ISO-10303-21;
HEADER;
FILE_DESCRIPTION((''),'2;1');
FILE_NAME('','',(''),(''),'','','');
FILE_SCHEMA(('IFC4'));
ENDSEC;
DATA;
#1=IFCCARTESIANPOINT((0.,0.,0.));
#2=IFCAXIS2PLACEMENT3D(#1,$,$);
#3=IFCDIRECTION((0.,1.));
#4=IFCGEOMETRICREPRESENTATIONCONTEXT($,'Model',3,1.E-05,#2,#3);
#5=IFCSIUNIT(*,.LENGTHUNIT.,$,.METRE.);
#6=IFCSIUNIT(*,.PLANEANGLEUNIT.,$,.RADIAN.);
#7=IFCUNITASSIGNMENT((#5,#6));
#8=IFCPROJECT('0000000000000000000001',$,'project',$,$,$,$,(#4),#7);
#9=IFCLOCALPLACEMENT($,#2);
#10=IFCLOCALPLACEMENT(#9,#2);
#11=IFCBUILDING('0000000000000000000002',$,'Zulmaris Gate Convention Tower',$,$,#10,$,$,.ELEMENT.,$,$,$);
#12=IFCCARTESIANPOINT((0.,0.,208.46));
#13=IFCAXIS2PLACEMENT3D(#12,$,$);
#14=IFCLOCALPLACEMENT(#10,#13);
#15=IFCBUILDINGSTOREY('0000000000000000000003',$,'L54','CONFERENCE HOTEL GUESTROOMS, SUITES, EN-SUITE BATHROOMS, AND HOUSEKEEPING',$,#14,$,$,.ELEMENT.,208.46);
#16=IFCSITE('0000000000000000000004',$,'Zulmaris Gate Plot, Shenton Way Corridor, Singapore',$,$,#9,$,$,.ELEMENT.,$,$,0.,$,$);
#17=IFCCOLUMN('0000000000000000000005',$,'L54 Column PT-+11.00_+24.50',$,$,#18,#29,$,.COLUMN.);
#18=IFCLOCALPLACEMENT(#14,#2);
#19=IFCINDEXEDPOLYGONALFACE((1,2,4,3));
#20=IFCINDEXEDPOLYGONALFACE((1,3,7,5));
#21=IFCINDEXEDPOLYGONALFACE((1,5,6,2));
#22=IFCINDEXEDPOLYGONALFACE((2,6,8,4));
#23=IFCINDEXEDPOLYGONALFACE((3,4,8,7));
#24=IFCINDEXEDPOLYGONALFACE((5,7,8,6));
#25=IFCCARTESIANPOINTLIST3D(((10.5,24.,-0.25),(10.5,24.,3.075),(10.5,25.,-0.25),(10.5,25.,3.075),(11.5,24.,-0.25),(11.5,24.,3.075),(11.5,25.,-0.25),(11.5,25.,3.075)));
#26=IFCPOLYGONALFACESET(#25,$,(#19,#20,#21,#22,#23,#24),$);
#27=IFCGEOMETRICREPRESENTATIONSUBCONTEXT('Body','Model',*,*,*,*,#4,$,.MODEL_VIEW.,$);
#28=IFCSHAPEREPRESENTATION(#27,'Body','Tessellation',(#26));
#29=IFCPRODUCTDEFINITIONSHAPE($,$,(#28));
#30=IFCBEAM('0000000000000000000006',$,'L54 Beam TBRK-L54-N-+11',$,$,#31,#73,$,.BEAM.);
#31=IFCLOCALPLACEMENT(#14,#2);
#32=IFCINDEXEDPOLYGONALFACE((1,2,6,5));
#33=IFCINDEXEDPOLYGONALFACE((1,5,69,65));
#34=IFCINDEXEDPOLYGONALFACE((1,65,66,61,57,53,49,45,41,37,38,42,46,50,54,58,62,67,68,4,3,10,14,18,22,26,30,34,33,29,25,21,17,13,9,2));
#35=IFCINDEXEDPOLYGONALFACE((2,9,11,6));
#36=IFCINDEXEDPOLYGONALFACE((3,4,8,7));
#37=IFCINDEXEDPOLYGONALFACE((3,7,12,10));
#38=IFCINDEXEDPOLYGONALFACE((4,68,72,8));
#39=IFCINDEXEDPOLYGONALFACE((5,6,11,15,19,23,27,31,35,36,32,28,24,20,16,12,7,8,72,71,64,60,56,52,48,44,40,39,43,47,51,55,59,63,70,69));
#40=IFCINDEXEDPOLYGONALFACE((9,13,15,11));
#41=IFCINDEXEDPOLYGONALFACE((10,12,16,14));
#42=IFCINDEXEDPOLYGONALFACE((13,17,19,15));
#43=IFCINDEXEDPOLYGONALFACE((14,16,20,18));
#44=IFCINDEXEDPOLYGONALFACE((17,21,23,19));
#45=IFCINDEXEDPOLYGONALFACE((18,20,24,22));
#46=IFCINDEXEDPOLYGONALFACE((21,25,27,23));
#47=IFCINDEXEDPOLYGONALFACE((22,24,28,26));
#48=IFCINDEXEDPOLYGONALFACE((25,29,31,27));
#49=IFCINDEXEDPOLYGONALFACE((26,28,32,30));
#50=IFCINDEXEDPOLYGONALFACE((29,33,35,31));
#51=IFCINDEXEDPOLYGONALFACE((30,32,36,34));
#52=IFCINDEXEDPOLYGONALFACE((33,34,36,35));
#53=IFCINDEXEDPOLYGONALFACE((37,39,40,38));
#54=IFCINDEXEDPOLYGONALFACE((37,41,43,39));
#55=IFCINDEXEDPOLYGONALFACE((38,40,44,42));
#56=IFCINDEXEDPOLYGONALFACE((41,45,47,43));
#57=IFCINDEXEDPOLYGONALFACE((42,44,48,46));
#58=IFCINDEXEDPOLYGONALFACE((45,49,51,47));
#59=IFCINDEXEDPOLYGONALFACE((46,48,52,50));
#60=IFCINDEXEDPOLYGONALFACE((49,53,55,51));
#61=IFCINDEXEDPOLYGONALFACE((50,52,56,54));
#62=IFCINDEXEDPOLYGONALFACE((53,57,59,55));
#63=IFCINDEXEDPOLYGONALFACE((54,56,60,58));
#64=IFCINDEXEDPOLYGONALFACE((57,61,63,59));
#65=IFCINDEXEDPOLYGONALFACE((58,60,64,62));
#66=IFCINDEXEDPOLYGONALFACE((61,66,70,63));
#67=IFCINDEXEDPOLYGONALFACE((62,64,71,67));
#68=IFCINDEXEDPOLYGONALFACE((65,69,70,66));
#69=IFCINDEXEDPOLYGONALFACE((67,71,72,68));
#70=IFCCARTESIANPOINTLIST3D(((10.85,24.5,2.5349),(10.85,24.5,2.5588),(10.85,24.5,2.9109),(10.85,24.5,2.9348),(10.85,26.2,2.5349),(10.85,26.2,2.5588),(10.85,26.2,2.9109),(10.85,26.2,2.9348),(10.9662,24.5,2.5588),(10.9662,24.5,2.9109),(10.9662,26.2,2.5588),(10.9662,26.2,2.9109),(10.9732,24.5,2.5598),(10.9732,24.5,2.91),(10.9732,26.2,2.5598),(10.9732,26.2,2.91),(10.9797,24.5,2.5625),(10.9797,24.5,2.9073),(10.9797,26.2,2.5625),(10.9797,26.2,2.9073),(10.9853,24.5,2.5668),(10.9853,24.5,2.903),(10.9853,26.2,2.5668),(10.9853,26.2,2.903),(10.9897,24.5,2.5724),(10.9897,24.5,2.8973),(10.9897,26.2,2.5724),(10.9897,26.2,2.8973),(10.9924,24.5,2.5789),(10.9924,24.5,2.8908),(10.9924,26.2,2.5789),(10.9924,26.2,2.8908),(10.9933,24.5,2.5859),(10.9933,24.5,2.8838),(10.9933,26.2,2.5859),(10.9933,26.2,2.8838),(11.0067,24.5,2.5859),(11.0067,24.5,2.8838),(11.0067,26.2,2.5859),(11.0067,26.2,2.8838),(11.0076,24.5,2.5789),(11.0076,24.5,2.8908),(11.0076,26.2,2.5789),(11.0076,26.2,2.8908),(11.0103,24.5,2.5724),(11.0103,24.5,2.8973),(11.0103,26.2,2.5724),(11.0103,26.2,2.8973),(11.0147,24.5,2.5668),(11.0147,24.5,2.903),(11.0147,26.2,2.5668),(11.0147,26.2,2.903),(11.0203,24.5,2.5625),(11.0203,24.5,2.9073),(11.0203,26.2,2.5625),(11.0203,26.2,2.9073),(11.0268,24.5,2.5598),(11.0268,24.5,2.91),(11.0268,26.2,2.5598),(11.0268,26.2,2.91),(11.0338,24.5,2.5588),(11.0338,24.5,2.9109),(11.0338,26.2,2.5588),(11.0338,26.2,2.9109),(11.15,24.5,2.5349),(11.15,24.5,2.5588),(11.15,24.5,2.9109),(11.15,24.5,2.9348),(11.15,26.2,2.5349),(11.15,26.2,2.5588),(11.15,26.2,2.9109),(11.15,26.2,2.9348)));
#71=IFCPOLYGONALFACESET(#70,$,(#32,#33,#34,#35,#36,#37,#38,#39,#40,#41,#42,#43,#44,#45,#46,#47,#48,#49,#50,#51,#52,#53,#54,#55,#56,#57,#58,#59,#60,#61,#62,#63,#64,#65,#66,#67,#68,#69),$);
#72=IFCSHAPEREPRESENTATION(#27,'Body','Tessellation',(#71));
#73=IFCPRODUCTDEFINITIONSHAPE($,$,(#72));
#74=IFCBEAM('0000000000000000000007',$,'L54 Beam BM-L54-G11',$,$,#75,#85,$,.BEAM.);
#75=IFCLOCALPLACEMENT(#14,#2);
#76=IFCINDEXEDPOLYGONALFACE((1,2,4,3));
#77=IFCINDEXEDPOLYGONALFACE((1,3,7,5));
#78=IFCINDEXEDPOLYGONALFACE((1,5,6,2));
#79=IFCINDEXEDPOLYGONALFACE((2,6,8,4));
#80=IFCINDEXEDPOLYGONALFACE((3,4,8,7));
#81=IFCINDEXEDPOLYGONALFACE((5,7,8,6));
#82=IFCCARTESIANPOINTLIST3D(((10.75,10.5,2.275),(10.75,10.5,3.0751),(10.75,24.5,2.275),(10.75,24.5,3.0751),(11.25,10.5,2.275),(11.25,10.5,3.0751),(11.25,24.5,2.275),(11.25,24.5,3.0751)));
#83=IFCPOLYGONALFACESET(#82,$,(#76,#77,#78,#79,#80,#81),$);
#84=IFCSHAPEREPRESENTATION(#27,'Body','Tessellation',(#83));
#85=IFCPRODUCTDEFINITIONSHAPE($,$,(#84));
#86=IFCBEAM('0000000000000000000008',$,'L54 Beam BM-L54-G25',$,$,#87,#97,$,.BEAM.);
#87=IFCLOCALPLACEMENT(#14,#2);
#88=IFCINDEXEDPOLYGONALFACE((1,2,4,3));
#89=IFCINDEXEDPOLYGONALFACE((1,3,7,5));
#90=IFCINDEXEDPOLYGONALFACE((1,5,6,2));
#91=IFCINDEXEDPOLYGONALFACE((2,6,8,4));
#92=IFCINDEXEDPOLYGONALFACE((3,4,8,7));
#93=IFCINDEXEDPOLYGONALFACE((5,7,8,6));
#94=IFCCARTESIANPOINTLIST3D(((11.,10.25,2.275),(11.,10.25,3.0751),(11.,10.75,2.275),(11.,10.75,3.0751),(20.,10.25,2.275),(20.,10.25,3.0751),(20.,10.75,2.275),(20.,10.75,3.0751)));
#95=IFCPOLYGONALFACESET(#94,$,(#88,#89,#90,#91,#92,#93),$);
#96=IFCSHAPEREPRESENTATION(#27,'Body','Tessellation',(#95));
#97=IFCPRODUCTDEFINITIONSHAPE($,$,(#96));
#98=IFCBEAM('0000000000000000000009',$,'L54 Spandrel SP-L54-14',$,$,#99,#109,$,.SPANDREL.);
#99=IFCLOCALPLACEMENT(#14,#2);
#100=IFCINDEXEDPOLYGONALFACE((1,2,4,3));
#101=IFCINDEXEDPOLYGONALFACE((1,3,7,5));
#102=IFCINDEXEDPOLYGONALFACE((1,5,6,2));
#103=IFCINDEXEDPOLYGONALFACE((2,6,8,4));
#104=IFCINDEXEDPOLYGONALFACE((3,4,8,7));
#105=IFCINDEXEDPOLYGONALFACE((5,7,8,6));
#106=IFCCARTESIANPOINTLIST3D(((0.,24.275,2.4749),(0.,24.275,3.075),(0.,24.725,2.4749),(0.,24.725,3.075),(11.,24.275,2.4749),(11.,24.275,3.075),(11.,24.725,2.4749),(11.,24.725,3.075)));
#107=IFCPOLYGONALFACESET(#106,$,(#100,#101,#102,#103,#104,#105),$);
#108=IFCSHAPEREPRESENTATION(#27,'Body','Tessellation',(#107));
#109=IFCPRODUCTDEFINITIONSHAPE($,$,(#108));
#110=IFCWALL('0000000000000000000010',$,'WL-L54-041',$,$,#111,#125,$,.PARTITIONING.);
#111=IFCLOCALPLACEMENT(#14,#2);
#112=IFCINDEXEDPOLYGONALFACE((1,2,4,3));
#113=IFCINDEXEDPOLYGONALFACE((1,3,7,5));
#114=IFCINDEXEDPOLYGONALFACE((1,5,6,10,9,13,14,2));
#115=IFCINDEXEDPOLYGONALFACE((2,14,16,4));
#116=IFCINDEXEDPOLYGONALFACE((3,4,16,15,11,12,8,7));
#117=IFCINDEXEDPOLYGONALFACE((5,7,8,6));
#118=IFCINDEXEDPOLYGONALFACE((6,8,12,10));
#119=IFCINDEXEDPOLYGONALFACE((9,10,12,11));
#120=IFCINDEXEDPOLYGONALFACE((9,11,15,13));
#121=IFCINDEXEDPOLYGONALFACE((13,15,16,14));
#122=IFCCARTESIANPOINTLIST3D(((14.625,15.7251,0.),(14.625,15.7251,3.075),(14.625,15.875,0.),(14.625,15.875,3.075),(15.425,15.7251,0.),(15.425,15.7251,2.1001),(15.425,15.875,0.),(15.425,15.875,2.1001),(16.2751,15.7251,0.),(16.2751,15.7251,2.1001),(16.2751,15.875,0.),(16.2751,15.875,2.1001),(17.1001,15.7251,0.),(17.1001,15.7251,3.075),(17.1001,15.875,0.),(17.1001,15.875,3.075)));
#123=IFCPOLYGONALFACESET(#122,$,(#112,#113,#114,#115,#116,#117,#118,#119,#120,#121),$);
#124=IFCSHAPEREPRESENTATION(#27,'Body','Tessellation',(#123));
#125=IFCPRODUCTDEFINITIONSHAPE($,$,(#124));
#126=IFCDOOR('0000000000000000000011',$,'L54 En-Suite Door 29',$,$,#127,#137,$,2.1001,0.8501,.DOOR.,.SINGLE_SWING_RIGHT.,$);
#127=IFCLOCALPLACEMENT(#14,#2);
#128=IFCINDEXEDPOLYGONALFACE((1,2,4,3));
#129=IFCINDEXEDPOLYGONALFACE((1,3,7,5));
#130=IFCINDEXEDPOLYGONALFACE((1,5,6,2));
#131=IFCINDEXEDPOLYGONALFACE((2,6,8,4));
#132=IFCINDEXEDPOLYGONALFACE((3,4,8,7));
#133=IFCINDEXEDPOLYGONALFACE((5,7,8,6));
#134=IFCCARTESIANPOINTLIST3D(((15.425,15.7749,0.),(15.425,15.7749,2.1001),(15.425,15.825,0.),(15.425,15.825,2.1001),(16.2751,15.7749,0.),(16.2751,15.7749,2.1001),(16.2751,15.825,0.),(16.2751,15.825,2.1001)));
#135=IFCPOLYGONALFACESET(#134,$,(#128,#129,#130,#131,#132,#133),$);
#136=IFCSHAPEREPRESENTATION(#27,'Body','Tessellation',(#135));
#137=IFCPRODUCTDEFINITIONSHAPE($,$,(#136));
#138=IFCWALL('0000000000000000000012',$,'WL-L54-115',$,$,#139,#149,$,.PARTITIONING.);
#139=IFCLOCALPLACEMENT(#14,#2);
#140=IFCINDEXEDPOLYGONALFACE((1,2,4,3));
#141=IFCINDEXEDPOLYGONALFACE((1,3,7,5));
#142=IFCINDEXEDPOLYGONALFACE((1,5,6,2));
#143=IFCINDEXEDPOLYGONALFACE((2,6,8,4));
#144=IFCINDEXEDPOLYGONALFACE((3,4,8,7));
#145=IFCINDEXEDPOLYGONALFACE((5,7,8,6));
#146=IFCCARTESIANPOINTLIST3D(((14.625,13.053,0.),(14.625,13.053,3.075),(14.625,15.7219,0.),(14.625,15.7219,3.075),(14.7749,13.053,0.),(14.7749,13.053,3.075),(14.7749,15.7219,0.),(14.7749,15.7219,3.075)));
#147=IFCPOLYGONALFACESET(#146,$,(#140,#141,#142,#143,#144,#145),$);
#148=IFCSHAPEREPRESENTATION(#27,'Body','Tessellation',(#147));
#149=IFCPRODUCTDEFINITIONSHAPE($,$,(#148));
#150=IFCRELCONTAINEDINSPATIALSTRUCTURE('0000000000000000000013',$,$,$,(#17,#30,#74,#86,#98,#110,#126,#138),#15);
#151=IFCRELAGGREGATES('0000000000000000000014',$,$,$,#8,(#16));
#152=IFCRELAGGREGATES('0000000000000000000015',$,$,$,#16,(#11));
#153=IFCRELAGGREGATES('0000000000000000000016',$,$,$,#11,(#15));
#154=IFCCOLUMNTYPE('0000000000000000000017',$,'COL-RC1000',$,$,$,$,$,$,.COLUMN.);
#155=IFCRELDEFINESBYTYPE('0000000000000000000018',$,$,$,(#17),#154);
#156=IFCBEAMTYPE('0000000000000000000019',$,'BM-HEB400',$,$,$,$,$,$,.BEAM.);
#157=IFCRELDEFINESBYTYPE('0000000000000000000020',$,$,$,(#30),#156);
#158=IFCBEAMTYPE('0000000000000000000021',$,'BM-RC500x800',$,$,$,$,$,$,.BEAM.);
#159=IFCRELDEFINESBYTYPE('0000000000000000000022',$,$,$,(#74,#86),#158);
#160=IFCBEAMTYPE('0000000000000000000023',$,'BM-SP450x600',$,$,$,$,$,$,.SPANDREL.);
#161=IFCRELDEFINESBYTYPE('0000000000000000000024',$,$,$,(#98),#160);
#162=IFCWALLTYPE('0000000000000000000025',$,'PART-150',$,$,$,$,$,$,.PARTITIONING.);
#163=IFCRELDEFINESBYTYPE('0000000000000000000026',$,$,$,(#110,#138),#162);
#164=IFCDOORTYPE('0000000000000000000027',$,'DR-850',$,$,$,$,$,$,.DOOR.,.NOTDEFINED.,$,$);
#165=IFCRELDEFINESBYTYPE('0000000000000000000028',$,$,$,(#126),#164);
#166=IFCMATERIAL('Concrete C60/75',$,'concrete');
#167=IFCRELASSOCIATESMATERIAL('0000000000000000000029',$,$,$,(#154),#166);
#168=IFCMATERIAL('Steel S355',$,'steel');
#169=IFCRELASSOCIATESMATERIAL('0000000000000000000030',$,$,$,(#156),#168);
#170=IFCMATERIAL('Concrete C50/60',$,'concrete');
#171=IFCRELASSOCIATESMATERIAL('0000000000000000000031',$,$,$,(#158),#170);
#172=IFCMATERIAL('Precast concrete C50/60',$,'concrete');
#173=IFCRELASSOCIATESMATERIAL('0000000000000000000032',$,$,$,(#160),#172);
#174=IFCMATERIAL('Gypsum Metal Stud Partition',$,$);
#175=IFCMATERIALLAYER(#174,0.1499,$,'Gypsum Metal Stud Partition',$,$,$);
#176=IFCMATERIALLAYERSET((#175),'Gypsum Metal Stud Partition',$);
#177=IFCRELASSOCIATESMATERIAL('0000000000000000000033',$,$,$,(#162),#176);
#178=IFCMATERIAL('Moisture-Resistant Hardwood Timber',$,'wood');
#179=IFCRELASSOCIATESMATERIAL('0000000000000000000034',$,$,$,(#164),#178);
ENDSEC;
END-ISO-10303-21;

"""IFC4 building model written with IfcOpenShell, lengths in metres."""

from ifc_helpers import new_model, si_unit, direction, frame, frame_2d, origin, origin_2d, place, context, subcontext, project, spatial, rectangle, i_section, extrude, material, layer, layer_set, material_profile, profile_set, type_object, element, fill, save


model = new_model("IFC4")

# Units and contexts
model_context = context("Model", 3, precision=1e-05, world=origin(), true_north=direction((0.0, 1.0)))
body_context = subcontext(model_context, "Body", "Model", "MODEL_VIEW")
ifc_project = project(units=[si_unit("LENGTHUNIT", "METRE"), si_unit("PLANEANGLEUNIT", "RADIAN")], contexts=[model_context])

# Site, building, storey
site_placement = place(None, origin())
site = spatial("IfcSite", under=ifc_project, at=site_placement, Name="Zulmaris Gate Plot, Shenton Way Corridor, Singapore", CompositionType="ELEMENT", RefElevation=0.0)
building_placement = place(site_placement, origin())
building = spatial("IfcBuilding", under=site, at=building_placement, Name="Zulmaris Gate Convention Tower", CompositionType="ELEMENT")
storey_placement = place(building_placement, frame((0.0, 0.0, 208.46)))
storey = spatial("IfcBuildingStorey", under=building, at=storey_placement, Name="L54", Description="CONFERENCE HOTEL GUESTROOMS, SUITES, EN-SUITE BATHROOMS, AND HOUSEKEEPING", CompositionType="ELEMENT", Elevation=208.46)

# Column
ifc_material_1 = material(Name="Concrete C60/75", Category="concrete")
ifc_material_profile_1 = material_profile(ifc_material_1, rectangle(XDim=1.0, YDim=1.0, at=origin_2d()), Name="RC COL 1000x1000")
ifc_profile_set_1 = profile_set([ifc_material_profile_1], Name="Concrete C60/75")
column_type = type_object("IfcColumnType", Name="COL-RC1000", PredefinedType="COLUMN", material=ifc_profile_set_1)
column_placement = place(storey_placement, frame((11.0, 24.5, -0.25), z_axis=(0.0, 0.0, 1.0), x_axis=(1.0, 0.0, 0.0)))
element("IfcColumn", 1, at=column_placement, inside=storey, type_object=column_type, Name="L54 Column PT-+11.00_+24.50", PredefinedType="COLUMN", context=body_context, shape_type="SweptSolid", body=[
    extrude(rectangle(XDim=1.0, YDim=1.0, at=origin_2d()), origin(), (0.0, 0.0, 1.0), 3.325),
])

# Beams
ifc_material_2 = material(Name="Steel S355", Category="steel")
ifc_material_profile_2 = material_profile(ifc_material_2, i_section(OverallWidth=0.3, OverallDepth=0.3999, WebThickness=0.0134, FlangeThickness=0.0239, FilletRadius=0.0271, at=origin_2d()), Name="HEB 400")
ifc_profile_set_2 = profile_set([ifc_material_profile_2], Name="Steel S355")
beam_type_1 = type_object("IfcBeamType", Name="BM-HEB400", PredefinedType="BEAM", material=ifc_profile_set_2)
beam_1_placement = place(storey_placement, frame((11.0, 24.5, 2.7349), z_axis=(0.0, 1.0, 0.0), x_axis=(-1.0, 0.0, 0.0)))
element("IfcBeam", 2, at=beam_1_placement, inside=storey, type_object=beam_type_1, Name="L54 Beam TBRK-L54-N-+11", PredefinedType="BEAM", context=body_context, shape_type="SweptSolid", body=[
    extrude(i_section(OverallWidth=0.3, OverallDepth=0.3999, WebThickness=0.0134, FlangeThickness=0.0239, FilletRadius=0.0271, at=origin_2d()), origin(), (0.0, 0.0, 1.0), 1.7),
])
ifc_material_3 = material(Name="Concrete C50/60", Category="concrete")
ifc_material_profile_3 = material_profile(ifc_material_3, rectangle(XDim=0.5, YDim=0.8, at=origin_2d()), Name="RC BEAM 500x800")
ifc_profile_set_3 = profile_set([ifc_material_profile_3], Name="Concrete C50/60")
beam_type_2 = type_object("IfcBeamType", Name="BM-RC500x800", PredefinedType="BEAM", material=ifc_profile_set_3)
beam_2_placement = place(storey_placement, frame((11.0, 10.5, 2.675), z_axis=(0.0, 1.0, 0.0), x_axis=(-1.0, 0.0, 0.0)))
element("IfcBeam", 3, at=beam_2_placement, inside=storey, type_object=beam_type_2, Name="L54 Beam BM-L54-G11", PredefinedType="BEAM", context=body_context, shape_type="SweptSolid", body=[
    extrude(rectangle(XDim=0.5, YDim=0.8, at=origin_2d()), origin(), (0.0, 0.0, 1.0), 14.0),
])
beam_3_placement = place(storey_placement, frame((11.0, 10.5, 2.675), z_axis=(1.0, 0.0, 0.0), x_axis=(0.0, 1.0, 0.0)))
element("IfcBeam", 4, at=beam_3_placement, inside=storey, type_object=beam_type_2, Name="L54 Beam BM-L54-G25", PredefinedType="BEAM", context=body_context, shape_type="SweptSolid", body=[
    extrude(rectangle(XDim=0.5, YDim=0.8, at=origin_2d()), origin(), (0.0, 0.0, 1.0), 9.0),
])
ifc_material_4 = material(Name="Precast concrete C50/60", Category="concrete")
ifc_material_profile_4 = material_profile(ifc_material_4, rectangle(XDim=0.45, YDim=0.6001, at=origin_2d()), Name="RC SPANDREL 450x600")
ifc_profile_set_4 = profile_set([ifc_material_profile_4], Name="Precast concrete C50/60")
beam_type_3 = type_object("IfcBeamType", Name="BM-SP450x600", PredefinedType="SPANDREL", material=ifc_profile_set_4)
beam_4_placement = place(storey_placement, frame((11.0, 24.5, 2.7749), z_axis=(-1.0, 0.0, 0.0), x_axis=(0.0, -1.0, 0.0)))
element("IfcBeam", 5, at=beam_4_placement, inside=storey, type_object=beam_type_3, Name="L54 Spandrel SP-L54-14", PredefinedType="SPANDREL", context=body_context, shape_type="SweptSolid", body=[
    extrude(rectangle(XDim=0.45, YDim=0.6001, at=origin_2d()), origin(), (0.0, 0.0, 1.0), 11.0),
])

# Wall, opening, door
ifc_material_5 = material(Name="Gypsum Metal Stud Partition")
ifc_layer_1 = layer(ifc_material_5, 0.1499, Name="Gypsum Metal Stud Partition")
ifc_layer_set_1 = layer_set([ifc_layer_1], Name="Gypsum Metal Stud Partition")
wall_type_1 = type_object("IfcWallType", Name="PART-150", PredefinedType="PARTITIONING", material=ifc_layer_set_1)
wall_1_placement = place(storey_placement, frame((14.625, 15.8, 0.0), z_axis=(0.0, 0.0, 1.0), x_axis=(1.0, 0.0, 0.0)))
wall_1 = element("IfcWall", 6, at=wall_1_placement, inside=storey, type_object=wall_type_1, Name="WL-L54-041", PredefinedType="PARTITIONING", context=body_context, shape_type="SweptSolid", body=[
    extrude(rectangle(XDim=2.4751, YDim=0.1499, at=frame_2d((1.2375, 0.0))), origin(), (0.0, 0.0, 1.0), 3.075),
])
opening_1_placement = place(wall_1_placement, frame((0.8, 0.0, 0.0)))
opening_1 = element("IfcOpeningElement", 7, at=opening_1_placement, cuts=wall_1, PredefinedType="OPENING", context=body_context, shape_type="SweptSolid", body=[
    extrude(rectangle(XDim=0.8501, YDim=2.1001, at=frame_2d((0.425, 1.05))), frame((0.0, 0.085, 0.0), z_axis=(0.0, -1.0, 0.0), x_axis=(1.0, 0.0, 0.0)), (0.0, 0.0, 1.0), 0.1699),
])
ifc_material_6 = material(Name="Moisture-Resistant Hardwood Timber", Category="wood")
door_type_1 = type_object("IfcDoorType", Name="DR-850", OperationType="NOTDEFINED", PredefinedType="DOOR", material=ifc_material_6)
door_1_placement = place(opening_1_placement, origin())
door_1 = element("IfcDoor", 8, at=door_1_placement, inside=storey, type_object=door_type_1, Name="L54 En-Suite Door 29", OperationType="SINGLE_SWING_RIGHT", OverallHeight=2.1001, OverallWidth=0.8501, PredefinedType="DOOR", context=body_context, shape_type="SweptSolid", body=[
    extrude(rectangle(XDim=0.8501, YDim=2.1001, at=frame_2d((0.425, 1.05))), frame((0.0, 0.0249, 0.0), z_axis=(0.0, -1.0, 0.0), x_axis=(1.0, 0.0, 0.0)), (0.0, 0.0, 1.0), 0.05),
])
fill(opening_1, door_1)

# Wall
wall_2_placement = place(storey_placement, frame((14.7, 13.053, 0.0), z_axis=(0.0, 0.0, 1.0), x_axis=(0.0, 1.0, 0.0)))
element("IfcWall", 9, at=wall_2_placement, inside=storey, type_object=wall_type_1, Name="WL-L54-115", PredefinedType="PARTITIONING", context=body_context, shape_type="SweptSolid", body=[
    extrude(rectangle(XDim=2.6689, YDim=0.1499, at=frame_2d((1.3345, 0.0))), origin(), (0.0, 0.0, 1.0), 3.075),
])

save(model, "model.ifc")
